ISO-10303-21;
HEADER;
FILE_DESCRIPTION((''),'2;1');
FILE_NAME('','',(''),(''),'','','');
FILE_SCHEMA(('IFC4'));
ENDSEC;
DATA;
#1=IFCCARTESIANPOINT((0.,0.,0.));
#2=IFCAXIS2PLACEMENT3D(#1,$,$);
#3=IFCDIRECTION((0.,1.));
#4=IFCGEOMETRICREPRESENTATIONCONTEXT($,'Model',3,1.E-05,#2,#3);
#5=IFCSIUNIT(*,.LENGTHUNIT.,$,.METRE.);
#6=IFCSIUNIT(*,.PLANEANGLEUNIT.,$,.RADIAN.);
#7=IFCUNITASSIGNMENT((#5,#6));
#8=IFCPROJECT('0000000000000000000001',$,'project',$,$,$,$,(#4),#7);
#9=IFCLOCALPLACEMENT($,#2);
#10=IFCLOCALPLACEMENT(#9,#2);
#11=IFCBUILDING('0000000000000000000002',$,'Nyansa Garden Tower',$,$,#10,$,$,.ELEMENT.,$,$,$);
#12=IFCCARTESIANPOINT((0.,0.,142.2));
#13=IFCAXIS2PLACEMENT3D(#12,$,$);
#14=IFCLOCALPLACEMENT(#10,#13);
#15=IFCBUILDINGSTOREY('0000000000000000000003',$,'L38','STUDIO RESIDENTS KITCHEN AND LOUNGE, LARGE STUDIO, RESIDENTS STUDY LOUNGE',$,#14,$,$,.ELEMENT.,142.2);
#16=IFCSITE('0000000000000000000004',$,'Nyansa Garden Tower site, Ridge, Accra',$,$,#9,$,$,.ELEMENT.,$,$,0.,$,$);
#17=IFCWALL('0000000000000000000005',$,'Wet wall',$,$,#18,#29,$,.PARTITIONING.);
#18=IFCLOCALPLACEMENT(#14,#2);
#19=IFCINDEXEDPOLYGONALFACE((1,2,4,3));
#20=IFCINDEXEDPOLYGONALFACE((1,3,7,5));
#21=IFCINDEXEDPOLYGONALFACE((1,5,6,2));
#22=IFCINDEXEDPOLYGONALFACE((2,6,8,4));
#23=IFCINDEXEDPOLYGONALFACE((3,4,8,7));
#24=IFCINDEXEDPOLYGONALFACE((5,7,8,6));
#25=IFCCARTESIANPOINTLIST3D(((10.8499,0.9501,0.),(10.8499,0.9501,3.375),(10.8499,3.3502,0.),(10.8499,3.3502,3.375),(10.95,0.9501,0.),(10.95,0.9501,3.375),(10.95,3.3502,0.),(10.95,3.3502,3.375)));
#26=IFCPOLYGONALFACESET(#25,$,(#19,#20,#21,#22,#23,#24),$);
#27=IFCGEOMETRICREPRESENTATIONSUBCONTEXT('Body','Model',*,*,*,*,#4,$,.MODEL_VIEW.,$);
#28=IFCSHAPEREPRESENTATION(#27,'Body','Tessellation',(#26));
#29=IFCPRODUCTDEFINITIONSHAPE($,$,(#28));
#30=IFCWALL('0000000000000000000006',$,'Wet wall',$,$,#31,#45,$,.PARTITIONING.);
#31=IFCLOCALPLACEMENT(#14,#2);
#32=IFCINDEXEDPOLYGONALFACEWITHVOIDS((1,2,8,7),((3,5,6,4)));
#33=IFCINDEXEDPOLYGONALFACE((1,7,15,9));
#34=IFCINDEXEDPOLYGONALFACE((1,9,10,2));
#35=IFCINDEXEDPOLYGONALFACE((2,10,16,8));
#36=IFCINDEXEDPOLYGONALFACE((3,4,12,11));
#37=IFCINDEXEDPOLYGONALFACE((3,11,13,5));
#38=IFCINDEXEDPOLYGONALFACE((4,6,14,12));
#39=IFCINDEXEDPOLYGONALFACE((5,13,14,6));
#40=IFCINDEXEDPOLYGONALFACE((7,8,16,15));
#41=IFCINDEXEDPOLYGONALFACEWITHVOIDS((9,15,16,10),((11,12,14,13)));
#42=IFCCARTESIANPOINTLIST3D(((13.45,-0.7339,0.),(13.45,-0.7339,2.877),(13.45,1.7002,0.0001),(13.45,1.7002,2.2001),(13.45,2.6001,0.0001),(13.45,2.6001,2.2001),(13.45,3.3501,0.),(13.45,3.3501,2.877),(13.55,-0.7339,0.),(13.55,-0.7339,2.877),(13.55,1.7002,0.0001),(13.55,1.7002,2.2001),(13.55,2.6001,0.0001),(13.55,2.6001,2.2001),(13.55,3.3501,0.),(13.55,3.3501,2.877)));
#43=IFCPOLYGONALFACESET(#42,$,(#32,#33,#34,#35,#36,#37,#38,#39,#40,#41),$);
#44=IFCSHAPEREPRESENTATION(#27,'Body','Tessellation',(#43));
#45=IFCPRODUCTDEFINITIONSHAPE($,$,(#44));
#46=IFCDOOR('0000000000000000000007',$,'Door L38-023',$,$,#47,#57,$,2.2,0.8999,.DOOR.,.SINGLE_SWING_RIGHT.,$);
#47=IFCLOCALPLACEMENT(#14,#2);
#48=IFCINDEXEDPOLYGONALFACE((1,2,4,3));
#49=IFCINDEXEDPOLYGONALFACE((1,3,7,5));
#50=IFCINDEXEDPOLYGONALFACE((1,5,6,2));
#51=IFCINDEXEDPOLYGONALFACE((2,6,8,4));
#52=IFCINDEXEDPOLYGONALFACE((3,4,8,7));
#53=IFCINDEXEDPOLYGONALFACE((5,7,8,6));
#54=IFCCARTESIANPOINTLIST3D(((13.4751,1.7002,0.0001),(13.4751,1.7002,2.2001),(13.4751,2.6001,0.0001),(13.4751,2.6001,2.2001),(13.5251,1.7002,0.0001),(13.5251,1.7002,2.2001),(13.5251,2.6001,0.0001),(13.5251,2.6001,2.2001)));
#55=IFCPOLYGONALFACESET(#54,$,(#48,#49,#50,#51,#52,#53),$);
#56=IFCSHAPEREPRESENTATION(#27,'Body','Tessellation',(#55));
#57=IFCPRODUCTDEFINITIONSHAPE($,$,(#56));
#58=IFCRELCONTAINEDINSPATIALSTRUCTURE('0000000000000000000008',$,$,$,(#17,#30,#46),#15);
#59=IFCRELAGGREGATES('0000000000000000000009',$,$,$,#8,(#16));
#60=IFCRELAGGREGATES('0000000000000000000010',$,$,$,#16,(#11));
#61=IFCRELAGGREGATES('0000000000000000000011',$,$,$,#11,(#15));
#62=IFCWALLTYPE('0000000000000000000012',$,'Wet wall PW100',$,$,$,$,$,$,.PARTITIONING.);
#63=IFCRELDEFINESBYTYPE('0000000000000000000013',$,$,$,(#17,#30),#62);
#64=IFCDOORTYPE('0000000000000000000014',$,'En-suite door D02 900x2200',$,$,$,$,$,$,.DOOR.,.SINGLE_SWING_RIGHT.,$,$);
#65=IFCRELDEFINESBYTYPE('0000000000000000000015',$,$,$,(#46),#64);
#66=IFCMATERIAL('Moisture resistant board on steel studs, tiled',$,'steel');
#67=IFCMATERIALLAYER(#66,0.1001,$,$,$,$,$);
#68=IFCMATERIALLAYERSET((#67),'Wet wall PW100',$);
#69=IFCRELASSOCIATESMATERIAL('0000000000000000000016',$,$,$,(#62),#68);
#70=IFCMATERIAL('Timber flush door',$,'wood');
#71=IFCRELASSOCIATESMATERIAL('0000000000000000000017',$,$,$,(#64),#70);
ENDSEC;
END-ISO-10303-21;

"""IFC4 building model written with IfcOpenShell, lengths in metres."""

from ifc_helpers import new_model, si_unit, direction, frame, frame_2d, origin, place, context, subcontext, project, spatial, rectangle, extrude, material, layer, layer_set, type_object, element, fill, save


model = new_model("IFC4")

# Units and contexts
model_context = context("Model", 3, precision=1e-05, world=origin(), true_north=direction((0.0, 1.0)))
body_context = subcontext(model_context, "Body", "Model", "MODEL_VIEW")
ifc_project = project(units=[si_unit("LENGTHUNIT", "METRE"), si_unit("PLANEANGLEUNIT", "RADIAN")], contexts=[model_context])

# Site, building, storey
site_placement = place(None, origin())
site = spatial("IfcSite", under=ifc_project, at=site_placement, Name="Nyansa Garden Tower site, Ridge, Accra", CompositionType="ELEMENT", RefElevation=0.0)
building_placement = place(site_placement, origin())
building = spatial("IfcBuilding", under=site, at=building_placement, Name="Nyansa Garden Tower", CompositionType="ELEMENT")
storey_placement = place(building_placement, frame((0.0, 0.0, 142.2)))
storey = spatial("IfcBuildingStorey", under=building, at=storey_placement, Name="L38", Description="STUDIO RESIDENTS KITCHEN AND LOUNGE, LARGE STUDIO, RESIDENTS STUDY LOUNGE", CompositionType="ELEMENT", Elevation=142.2)

# Wall
ifc_material_1 = material(Name="Moisture resistant board on steel studs, tiled", Category="steel")
ifc_layer_1 = layer(ifc_material_1, 0.1001)
ifc_layer_set_1 = layer_set([ifc_layer_1], Name="Wet wall PW100")
wall_type_1 = type_object("IfcWallType", Name="Wet wall PW100", PredefinedType="PARTITIONING", material=ifc_layer_set_1)
wall_1_placement = place(storey_placement, frame((10.8999, 0.95, 0.0), z_axis=(0.0, 0.0, 1.0), x_axis=(0.0, 1.0, 0.0)))
element("IfcWall", 1, at=wall_1_placement, inside=storey, type_object=wall_type_1, Name="Wet wall", PredefinedType="PARTITIONING", context=body_context, shape_type="SweptSolid", body=[
    extrude(rectangle(XDim=2.4001, YDim=0.1001, at=frame_2d((1.2002, 0.0))), origin(), (0.0, 0.0, 1.0), 3.375),
])

# Wall, opening, door
wall_2_placement = place(storey_placement, frame((13.5, -0.7339, 0.0), z_axis=(0.0, 0.0, 1.0), x_axis=(0.0, 1.0, 0.0)))
wall_2 = element("IfcWall", 2, at=wall_2_placement, inside=storey, type_object=wall_type_1, Name="Wet wall", PredefinedType="PARTITIONING", context=body_context, shape_type="SweptSolid", body=[
    extrude(rectangle(XDim=4.084, YDim=0.1001, at=frame_2d((2.042, 0.0))), origin(), (0.0, 0.0, 1.0), 2.877),
])
opening_1_placement = place(wall_2_placement, frame((2.4341, 0.0, 0.0)))
opening_1 = element("IfcOpeningElement", 3, at=opening_1_placement, cuts=wall_2, PredefinedType="OPENING", context=body_context, shape_type="SweptSolid", body=[
    extrude(rectangle(XDim=0.8999, YDim=2.2, at=frame_2d((0.45, 1.1001))), frame((0.0, 0.0601, 0.0), z_axis=(0.0, -1.0, 0.0), x_axis=(1.0, 0.0, 0.0)), (0.0, 0.0, 1.0), 0.1201),
])
ifc_material_2 = material(Name="Timber flush door", Category="wood")
door_type_1 = type_object("IfcDoorType", Name="En-suite door D02 900x2200", OperationType="SINGLE_SWING_RIGHT", PredefinedType="DOOR", material=ifc_material_2)
door_1_placement = place(opening_1_placement, origin())
door_1 = element("IfcDoor", 4, at=door_1_placement, inside=storey, type_object=door_type_1, Name="Door L38-023", OperationType="SINGLE_SWING_RIGHT", OverallHeight=2.2, OverallWidth=0.8999, PredefinedType="DOOR", context=body_context, shape_type="SweptSolid", body=[
    extrude(rectangle(XDim=0.8999, YDim=2.2, at=frame_2d((0.45, 1.1001))), frame((0.0, 0.0249, 0.0), z_axis=(0.0, -1.0, 0.0), x_axis=(1.0, 0.0, 0.0)), (0.0, 0.0, 1.0), 0.05),
])
fill(opening_1, door_1)

save(model, "model.ifc")
